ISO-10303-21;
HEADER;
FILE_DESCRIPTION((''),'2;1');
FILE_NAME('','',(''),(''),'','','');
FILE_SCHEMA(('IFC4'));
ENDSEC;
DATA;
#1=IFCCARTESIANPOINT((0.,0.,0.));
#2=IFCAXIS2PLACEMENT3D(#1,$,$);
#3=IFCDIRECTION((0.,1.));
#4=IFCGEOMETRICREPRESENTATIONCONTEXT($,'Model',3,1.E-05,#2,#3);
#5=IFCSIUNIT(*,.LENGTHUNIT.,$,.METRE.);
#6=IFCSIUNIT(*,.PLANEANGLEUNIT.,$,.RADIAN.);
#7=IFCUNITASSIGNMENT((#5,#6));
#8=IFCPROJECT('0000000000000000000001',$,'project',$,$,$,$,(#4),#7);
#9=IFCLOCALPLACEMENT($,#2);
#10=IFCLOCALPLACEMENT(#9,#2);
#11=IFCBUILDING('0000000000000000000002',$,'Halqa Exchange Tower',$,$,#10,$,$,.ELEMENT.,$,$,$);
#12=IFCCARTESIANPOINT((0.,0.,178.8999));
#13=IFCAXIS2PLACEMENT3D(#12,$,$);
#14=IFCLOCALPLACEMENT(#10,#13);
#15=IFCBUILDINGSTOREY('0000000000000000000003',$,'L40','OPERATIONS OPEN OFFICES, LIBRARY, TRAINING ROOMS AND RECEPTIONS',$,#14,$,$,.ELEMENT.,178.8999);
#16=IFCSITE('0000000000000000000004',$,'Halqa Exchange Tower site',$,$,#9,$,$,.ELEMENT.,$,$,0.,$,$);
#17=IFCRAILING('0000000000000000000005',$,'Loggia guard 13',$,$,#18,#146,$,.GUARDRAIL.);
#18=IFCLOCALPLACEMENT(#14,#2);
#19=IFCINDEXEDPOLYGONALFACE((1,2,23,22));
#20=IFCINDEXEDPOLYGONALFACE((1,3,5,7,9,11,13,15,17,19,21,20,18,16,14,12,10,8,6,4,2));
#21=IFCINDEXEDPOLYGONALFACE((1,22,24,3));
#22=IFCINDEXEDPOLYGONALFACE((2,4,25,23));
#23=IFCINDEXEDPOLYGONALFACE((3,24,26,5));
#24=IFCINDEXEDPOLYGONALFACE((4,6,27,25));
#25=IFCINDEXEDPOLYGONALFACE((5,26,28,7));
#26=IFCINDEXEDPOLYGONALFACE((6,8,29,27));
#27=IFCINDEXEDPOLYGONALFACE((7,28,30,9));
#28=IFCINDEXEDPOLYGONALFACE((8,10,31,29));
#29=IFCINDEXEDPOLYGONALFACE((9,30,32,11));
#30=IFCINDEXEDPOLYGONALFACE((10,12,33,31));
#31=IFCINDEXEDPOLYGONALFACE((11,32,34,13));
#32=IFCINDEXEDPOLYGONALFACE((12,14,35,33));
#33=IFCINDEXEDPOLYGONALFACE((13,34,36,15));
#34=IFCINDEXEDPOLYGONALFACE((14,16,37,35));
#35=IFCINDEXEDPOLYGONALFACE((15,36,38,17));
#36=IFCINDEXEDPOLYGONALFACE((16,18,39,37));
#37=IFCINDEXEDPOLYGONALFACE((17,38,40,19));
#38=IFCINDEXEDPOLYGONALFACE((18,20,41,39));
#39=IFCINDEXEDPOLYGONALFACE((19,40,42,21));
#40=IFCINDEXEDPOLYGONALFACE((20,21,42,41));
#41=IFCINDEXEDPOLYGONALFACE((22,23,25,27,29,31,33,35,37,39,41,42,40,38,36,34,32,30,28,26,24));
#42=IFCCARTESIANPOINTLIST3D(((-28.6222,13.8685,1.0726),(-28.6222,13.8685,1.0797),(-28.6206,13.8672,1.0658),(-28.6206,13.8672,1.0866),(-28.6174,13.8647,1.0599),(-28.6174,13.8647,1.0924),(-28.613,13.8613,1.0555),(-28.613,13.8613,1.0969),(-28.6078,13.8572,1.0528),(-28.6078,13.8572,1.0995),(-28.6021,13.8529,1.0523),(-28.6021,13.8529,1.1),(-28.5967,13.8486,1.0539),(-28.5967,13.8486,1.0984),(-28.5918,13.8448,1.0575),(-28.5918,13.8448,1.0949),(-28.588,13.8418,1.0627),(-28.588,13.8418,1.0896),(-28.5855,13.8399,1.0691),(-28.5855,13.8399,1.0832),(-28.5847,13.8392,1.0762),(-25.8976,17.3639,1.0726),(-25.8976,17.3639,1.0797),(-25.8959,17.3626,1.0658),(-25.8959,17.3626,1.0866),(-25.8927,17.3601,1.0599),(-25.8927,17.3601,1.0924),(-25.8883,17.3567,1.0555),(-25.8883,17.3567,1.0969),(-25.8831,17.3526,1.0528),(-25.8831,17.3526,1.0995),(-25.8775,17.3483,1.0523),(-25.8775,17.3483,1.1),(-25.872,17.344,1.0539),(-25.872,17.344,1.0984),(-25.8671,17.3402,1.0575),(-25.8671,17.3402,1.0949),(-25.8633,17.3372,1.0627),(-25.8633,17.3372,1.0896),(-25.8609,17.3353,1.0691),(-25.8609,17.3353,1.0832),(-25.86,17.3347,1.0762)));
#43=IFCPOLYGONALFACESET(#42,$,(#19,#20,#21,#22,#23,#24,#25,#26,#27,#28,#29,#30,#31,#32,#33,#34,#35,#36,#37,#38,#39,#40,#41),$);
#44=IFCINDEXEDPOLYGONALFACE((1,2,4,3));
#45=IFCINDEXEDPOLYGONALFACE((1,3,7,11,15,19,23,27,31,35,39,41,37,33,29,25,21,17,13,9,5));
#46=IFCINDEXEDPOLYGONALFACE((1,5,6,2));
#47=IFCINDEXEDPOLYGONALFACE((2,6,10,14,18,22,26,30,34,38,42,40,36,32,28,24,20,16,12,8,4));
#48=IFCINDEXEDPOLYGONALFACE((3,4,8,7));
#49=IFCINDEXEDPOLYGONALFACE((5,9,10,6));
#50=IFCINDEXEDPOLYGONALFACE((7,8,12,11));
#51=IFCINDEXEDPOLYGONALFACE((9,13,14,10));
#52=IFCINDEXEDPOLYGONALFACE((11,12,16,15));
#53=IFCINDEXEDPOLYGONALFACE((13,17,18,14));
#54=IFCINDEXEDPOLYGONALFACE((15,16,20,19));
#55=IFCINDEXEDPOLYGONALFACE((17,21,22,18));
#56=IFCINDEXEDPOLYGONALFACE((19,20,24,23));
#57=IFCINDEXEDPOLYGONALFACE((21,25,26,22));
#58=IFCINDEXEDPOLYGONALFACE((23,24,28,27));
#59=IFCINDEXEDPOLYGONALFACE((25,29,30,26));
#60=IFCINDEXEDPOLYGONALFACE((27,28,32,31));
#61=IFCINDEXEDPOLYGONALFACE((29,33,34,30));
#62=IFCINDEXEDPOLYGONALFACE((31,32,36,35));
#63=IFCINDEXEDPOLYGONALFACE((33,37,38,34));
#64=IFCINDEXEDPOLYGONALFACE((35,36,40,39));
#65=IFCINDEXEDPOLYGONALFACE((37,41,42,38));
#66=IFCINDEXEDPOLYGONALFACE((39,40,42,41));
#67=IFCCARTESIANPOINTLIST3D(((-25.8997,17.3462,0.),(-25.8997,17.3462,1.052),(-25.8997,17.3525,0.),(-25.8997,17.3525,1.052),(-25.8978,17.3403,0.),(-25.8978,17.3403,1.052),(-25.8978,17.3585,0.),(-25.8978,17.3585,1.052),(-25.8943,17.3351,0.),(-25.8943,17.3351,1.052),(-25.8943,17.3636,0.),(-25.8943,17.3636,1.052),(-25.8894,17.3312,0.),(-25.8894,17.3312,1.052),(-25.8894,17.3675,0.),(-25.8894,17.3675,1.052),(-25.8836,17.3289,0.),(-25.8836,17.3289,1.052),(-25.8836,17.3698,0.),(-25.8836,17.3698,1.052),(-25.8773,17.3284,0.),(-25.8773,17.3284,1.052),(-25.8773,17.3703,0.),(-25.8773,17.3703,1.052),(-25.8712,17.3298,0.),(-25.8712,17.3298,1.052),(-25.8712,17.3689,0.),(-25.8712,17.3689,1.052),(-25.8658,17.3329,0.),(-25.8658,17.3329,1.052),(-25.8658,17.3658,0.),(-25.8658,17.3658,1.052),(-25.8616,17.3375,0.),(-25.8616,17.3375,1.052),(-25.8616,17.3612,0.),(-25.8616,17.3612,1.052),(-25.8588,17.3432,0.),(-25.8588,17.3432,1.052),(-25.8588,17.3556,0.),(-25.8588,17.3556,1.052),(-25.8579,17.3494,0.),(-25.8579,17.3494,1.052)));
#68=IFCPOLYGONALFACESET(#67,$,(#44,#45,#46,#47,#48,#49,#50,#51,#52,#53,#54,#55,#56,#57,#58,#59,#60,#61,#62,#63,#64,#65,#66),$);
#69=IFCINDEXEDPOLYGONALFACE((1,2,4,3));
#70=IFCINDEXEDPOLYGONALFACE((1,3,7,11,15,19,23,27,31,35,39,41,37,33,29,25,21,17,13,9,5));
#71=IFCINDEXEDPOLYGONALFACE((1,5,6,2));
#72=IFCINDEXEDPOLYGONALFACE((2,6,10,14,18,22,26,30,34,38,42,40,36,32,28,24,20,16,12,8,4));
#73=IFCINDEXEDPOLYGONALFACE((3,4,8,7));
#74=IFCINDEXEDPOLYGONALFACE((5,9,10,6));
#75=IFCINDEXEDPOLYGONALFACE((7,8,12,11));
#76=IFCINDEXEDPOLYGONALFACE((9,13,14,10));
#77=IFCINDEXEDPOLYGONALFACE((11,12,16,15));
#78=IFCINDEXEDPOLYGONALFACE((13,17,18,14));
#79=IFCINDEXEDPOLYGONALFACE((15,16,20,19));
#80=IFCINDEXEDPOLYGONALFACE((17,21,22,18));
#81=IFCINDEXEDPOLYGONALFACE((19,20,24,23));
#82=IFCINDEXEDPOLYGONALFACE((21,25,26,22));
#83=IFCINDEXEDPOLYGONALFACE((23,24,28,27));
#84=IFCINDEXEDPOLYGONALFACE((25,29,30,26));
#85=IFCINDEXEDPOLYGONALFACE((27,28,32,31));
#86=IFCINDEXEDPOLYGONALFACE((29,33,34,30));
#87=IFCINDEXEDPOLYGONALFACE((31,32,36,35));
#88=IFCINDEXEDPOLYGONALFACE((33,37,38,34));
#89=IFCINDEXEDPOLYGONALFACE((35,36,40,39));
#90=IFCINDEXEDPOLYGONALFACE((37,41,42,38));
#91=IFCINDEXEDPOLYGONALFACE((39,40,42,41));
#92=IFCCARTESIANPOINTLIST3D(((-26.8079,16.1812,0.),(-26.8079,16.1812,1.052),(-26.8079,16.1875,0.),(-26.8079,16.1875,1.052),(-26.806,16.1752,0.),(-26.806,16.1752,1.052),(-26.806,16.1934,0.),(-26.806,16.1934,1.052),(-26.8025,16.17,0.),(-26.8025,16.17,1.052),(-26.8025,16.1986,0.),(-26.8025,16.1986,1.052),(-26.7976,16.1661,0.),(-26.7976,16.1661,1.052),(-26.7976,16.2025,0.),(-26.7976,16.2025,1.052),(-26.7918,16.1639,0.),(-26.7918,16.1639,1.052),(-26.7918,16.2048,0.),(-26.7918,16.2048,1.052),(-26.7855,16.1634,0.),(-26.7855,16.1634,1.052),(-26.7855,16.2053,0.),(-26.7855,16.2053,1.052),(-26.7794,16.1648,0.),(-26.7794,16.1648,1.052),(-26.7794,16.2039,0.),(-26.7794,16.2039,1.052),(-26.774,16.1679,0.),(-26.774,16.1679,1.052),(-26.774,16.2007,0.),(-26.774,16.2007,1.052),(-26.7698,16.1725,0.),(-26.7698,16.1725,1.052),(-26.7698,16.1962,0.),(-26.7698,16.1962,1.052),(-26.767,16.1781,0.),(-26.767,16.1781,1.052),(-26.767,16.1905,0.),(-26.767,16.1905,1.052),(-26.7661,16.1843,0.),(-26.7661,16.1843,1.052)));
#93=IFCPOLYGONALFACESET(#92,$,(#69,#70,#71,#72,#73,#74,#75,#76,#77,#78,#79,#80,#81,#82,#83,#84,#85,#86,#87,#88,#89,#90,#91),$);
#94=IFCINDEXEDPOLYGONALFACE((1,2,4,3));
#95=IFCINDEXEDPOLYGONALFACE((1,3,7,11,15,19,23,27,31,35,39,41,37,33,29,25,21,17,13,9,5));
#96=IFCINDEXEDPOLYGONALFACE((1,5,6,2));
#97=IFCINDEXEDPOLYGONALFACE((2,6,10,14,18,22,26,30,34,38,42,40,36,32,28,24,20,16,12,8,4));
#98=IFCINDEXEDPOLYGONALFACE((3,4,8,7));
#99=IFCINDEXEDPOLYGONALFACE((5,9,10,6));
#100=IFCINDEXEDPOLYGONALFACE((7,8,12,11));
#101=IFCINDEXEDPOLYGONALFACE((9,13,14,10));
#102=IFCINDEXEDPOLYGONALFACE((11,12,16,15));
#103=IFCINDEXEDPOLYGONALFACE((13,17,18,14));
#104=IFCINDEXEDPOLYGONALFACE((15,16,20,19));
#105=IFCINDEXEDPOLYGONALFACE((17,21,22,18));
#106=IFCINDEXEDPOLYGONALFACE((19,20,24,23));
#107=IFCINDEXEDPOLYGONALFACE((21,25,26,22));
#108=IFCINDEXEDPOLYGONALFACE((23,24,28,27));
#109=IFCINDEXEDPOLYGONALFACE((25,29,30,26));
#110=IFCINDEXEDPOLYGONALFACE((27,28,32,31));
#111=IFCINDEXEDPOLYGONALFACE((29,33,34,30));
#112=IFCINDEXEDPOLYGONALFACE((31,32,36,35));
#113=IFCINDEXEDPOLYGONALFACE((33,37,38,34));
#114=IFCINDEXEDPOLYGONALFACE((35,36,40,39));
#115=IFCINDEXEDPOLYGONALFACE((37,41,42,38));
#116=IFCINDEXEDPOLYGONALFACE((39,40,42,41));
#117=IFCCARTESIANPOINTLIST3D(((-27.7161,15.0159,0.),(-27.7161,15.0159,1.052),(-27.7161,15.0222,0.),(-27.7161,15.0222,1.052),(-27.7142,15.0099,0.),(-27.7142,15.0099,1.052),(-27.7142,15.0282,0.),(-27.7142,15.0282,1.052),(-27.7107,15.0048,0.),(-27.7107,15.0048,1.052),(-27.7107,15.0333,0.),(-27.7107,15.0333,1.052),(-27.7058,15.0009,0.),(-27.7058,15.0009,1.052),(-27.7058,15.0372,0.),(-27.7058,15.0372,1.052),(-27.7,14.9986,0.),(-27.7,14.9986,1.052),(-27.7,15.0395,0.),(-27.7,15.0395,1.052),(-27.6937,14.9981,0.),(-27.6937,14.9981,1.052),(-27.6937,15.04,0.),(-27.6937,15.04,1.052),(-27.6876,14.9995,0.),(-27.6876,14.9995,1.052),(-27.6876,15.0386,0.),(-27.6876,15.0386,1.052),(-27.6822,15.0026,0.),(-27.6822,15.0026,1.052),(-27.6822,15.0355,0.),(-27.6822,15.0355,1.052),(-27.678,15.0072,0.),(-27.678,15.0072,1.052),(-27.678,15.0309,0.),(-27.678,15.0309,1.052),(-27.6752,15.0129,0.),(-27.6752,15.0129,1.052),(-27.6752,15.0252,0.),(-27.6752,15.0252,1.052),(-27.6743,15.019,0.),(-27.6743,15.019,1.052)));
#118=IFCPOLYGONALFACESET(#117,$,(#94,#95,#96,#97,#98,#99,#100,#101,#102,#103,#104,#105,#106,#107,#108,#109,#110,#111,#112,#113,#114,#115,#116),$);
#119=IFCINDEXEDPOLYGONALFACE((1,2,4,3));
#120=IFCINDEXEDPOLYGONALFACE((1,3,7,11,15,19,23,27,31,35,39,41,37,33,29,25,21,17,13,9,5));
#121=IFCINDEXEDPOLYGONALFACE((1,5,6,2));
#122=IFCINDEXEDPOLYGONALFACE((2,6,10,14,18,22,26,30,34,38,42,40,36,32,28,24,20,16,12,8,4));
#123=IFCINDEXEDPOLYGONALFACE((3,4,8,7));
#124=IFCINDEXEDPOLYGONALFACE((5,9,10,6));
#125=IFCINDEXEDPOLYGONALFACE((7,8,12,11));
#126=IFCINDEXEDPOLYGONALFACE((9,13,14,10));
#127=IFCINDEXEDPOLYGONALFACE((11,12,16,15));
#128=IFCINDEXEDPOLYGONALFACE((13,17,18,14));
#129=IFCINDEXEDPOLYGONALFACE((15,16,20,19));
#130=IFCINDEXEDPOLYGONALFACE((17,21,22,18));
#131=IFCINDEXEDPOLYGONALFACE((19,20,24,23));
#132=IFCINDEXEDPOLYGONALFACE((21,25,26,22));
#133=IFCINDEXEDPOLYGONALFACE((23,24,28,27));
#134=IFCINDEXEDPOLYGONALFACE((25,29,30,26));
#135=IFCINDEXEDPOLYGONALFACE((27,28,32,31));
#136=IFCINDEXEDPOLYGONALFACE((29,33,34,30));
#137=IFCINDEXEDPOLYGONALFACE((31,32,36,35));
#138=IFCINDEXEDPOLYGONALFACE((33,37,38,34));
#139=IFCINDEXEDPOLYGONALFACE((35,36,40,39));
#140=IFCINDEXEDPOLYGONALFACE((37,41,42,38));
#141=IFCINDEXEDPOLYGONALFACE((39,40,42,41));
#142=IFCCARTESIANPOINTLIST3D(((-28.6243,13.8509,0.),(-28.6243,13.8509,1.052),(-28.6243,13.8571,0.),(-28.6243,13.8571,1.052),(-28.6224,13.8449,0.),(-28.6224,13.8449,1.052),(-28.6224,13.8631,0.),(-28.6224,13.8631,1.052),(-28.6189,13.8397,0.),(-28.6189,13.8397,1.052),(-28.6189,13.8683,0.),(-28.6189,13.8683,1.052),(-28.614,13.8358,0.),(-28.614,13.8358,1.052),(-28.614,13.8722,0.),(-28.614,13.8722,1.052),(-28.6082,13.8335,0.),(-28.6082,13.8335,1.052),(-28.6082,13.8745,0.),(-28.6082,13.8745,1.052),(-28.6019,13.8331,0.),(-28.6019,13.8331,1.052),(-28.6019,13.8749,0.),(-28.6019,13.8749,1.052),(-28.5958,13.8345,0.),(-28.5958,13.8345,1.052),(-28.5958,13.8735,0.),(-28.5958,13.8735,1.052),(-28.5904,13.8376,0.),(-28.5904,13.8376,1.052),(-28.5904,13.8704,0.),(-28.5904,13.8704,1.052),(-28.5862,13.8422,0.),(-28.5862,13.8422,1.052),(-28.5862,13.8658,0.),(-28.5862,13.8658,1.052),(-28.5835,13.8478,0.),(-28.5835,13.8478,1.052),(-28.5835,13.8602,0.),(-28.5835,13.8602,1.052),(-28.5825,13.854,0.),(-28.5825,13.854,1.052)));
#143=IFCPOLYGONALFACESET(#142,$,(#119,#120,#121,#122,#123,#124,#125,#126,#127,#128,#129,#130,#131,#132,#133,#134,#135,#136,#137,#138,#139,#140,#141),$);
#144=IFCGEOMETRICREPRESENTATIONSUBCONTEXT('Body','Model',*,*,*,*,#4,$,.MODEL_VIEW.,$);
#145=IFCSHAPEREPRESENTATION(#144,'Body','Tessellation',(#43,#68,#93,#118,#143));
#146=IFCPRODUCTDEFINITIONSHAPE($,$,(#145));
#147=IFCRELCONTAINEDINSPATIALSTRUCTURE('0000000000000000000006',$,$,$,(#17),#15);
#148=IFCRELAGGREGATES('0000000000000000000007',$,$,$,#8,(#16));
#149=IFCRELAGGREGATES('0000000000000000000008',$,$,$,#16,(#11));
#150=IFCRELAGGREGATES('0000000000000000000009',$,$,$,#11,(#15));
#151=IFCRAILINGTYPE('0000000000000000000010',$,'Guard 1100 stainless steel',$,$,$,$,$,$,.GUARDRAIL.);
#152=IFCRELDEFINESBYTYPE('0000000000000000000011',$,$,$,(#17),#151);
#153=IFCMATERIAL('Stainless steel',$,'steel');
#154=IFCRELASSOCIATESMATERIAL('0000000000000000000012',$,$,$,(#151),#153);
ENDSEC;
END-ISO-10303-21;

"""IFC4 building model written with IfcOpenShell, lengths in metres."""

from ifc_helpers import new_model, si_unit, direction, frame, origin, origin_2d, place, context, subcontext, project, spatial, circle, extrude, material, type_object, element, save


model = new_model("IFC4")

# Units and contexts
model_context = context("Model", 3, precision=1e-05, world=origin(), true_north=direction((0.0, 1.0)))
body_context = subcontext(model_context, "Body", "Model", "MODEL_VIEW")
ifc_project = project(units=[si_unit("LENGTHUNIT", "METRE"), si_unit("PLANEANGLEUNIT", "RADIAN")], contexts=[model_context])

# Site, building, storey
site_placement = place(None, origin())
site = spatial("IfcSite", under=ifc_project, at=site_placement, Name="Halqa Exchange Tower site", CompositionType="ELEMENT", RefElevation=0.0)
building_placement = place(site_placement, origin())
building = spatial("IfcBuilding", under=site, at=building_placement, Name="Halqa Exchange Tower", CompositionType="ELEMENT")
storey_placement = place(building_placement, frame((0.0, 0.0, 178.8999)))
storey = spatial("IfcBuildingStorey", under=building, at=storey_placement, Name="L40", Description="OPERATIONS OPEN OFFICES, LIBRARY, TRAINING ROOMS AND RECEPTIONS", CompositionType="ELEMENT", Elevation=178.8999)

# Railing
ifc_material_1 = material(Name="Stainless steel", Category="steel")
railing_type = type_object("IfcRailingType", Name="Guard 1100 stainless steel", PredefinedType="GUARDRAIL", material=ifc_material_1)
railing_1_placement = place(storey_placement, frame((-25.8789, 17.3494, 0.0)))
element("IfcRailing", 1, at=railing_1_placement, inside=storey, type_object=railing_type, Name="Loggia guard 13", PredefinedType="GUARDRAIL", context=body_context, shape_type="SweptSolid", body=[
    extrude(circle(Radius=0.0239, at=origin_2d()), frame((0.0, 0.0, 1.0762), z_axis=(-0.614783, -0.788696, 0.0), x_axis=(0.788696, -0.614783, 0.0)), (0.0, 0.0, 1.0), 4.4319),
    extrude(circle(Radius=0.021, at=origin_2d()), origin(), (0.0, 0.0, 1.0), 1.052),
    extrude(circle(Radius=0.021, at=origin_2d()), frame((-0.9082, -1.165, 0.0)), (0.0, 0.0, 1.0), 1.052),
    extrude(circle(Radius=0.021, at=origin_2d()), frame((-1.8164, -2.3303, 0.0)), (0.0, 0.0, 1.0), 1.052),
    extrude(circle(Radius=0.021, at=origin_2d()), frame((-2.7246, -3.4954, 0.0)), (0.0, 0.0, 1.0), 1.052),
])

save(model, "model.ifc")
